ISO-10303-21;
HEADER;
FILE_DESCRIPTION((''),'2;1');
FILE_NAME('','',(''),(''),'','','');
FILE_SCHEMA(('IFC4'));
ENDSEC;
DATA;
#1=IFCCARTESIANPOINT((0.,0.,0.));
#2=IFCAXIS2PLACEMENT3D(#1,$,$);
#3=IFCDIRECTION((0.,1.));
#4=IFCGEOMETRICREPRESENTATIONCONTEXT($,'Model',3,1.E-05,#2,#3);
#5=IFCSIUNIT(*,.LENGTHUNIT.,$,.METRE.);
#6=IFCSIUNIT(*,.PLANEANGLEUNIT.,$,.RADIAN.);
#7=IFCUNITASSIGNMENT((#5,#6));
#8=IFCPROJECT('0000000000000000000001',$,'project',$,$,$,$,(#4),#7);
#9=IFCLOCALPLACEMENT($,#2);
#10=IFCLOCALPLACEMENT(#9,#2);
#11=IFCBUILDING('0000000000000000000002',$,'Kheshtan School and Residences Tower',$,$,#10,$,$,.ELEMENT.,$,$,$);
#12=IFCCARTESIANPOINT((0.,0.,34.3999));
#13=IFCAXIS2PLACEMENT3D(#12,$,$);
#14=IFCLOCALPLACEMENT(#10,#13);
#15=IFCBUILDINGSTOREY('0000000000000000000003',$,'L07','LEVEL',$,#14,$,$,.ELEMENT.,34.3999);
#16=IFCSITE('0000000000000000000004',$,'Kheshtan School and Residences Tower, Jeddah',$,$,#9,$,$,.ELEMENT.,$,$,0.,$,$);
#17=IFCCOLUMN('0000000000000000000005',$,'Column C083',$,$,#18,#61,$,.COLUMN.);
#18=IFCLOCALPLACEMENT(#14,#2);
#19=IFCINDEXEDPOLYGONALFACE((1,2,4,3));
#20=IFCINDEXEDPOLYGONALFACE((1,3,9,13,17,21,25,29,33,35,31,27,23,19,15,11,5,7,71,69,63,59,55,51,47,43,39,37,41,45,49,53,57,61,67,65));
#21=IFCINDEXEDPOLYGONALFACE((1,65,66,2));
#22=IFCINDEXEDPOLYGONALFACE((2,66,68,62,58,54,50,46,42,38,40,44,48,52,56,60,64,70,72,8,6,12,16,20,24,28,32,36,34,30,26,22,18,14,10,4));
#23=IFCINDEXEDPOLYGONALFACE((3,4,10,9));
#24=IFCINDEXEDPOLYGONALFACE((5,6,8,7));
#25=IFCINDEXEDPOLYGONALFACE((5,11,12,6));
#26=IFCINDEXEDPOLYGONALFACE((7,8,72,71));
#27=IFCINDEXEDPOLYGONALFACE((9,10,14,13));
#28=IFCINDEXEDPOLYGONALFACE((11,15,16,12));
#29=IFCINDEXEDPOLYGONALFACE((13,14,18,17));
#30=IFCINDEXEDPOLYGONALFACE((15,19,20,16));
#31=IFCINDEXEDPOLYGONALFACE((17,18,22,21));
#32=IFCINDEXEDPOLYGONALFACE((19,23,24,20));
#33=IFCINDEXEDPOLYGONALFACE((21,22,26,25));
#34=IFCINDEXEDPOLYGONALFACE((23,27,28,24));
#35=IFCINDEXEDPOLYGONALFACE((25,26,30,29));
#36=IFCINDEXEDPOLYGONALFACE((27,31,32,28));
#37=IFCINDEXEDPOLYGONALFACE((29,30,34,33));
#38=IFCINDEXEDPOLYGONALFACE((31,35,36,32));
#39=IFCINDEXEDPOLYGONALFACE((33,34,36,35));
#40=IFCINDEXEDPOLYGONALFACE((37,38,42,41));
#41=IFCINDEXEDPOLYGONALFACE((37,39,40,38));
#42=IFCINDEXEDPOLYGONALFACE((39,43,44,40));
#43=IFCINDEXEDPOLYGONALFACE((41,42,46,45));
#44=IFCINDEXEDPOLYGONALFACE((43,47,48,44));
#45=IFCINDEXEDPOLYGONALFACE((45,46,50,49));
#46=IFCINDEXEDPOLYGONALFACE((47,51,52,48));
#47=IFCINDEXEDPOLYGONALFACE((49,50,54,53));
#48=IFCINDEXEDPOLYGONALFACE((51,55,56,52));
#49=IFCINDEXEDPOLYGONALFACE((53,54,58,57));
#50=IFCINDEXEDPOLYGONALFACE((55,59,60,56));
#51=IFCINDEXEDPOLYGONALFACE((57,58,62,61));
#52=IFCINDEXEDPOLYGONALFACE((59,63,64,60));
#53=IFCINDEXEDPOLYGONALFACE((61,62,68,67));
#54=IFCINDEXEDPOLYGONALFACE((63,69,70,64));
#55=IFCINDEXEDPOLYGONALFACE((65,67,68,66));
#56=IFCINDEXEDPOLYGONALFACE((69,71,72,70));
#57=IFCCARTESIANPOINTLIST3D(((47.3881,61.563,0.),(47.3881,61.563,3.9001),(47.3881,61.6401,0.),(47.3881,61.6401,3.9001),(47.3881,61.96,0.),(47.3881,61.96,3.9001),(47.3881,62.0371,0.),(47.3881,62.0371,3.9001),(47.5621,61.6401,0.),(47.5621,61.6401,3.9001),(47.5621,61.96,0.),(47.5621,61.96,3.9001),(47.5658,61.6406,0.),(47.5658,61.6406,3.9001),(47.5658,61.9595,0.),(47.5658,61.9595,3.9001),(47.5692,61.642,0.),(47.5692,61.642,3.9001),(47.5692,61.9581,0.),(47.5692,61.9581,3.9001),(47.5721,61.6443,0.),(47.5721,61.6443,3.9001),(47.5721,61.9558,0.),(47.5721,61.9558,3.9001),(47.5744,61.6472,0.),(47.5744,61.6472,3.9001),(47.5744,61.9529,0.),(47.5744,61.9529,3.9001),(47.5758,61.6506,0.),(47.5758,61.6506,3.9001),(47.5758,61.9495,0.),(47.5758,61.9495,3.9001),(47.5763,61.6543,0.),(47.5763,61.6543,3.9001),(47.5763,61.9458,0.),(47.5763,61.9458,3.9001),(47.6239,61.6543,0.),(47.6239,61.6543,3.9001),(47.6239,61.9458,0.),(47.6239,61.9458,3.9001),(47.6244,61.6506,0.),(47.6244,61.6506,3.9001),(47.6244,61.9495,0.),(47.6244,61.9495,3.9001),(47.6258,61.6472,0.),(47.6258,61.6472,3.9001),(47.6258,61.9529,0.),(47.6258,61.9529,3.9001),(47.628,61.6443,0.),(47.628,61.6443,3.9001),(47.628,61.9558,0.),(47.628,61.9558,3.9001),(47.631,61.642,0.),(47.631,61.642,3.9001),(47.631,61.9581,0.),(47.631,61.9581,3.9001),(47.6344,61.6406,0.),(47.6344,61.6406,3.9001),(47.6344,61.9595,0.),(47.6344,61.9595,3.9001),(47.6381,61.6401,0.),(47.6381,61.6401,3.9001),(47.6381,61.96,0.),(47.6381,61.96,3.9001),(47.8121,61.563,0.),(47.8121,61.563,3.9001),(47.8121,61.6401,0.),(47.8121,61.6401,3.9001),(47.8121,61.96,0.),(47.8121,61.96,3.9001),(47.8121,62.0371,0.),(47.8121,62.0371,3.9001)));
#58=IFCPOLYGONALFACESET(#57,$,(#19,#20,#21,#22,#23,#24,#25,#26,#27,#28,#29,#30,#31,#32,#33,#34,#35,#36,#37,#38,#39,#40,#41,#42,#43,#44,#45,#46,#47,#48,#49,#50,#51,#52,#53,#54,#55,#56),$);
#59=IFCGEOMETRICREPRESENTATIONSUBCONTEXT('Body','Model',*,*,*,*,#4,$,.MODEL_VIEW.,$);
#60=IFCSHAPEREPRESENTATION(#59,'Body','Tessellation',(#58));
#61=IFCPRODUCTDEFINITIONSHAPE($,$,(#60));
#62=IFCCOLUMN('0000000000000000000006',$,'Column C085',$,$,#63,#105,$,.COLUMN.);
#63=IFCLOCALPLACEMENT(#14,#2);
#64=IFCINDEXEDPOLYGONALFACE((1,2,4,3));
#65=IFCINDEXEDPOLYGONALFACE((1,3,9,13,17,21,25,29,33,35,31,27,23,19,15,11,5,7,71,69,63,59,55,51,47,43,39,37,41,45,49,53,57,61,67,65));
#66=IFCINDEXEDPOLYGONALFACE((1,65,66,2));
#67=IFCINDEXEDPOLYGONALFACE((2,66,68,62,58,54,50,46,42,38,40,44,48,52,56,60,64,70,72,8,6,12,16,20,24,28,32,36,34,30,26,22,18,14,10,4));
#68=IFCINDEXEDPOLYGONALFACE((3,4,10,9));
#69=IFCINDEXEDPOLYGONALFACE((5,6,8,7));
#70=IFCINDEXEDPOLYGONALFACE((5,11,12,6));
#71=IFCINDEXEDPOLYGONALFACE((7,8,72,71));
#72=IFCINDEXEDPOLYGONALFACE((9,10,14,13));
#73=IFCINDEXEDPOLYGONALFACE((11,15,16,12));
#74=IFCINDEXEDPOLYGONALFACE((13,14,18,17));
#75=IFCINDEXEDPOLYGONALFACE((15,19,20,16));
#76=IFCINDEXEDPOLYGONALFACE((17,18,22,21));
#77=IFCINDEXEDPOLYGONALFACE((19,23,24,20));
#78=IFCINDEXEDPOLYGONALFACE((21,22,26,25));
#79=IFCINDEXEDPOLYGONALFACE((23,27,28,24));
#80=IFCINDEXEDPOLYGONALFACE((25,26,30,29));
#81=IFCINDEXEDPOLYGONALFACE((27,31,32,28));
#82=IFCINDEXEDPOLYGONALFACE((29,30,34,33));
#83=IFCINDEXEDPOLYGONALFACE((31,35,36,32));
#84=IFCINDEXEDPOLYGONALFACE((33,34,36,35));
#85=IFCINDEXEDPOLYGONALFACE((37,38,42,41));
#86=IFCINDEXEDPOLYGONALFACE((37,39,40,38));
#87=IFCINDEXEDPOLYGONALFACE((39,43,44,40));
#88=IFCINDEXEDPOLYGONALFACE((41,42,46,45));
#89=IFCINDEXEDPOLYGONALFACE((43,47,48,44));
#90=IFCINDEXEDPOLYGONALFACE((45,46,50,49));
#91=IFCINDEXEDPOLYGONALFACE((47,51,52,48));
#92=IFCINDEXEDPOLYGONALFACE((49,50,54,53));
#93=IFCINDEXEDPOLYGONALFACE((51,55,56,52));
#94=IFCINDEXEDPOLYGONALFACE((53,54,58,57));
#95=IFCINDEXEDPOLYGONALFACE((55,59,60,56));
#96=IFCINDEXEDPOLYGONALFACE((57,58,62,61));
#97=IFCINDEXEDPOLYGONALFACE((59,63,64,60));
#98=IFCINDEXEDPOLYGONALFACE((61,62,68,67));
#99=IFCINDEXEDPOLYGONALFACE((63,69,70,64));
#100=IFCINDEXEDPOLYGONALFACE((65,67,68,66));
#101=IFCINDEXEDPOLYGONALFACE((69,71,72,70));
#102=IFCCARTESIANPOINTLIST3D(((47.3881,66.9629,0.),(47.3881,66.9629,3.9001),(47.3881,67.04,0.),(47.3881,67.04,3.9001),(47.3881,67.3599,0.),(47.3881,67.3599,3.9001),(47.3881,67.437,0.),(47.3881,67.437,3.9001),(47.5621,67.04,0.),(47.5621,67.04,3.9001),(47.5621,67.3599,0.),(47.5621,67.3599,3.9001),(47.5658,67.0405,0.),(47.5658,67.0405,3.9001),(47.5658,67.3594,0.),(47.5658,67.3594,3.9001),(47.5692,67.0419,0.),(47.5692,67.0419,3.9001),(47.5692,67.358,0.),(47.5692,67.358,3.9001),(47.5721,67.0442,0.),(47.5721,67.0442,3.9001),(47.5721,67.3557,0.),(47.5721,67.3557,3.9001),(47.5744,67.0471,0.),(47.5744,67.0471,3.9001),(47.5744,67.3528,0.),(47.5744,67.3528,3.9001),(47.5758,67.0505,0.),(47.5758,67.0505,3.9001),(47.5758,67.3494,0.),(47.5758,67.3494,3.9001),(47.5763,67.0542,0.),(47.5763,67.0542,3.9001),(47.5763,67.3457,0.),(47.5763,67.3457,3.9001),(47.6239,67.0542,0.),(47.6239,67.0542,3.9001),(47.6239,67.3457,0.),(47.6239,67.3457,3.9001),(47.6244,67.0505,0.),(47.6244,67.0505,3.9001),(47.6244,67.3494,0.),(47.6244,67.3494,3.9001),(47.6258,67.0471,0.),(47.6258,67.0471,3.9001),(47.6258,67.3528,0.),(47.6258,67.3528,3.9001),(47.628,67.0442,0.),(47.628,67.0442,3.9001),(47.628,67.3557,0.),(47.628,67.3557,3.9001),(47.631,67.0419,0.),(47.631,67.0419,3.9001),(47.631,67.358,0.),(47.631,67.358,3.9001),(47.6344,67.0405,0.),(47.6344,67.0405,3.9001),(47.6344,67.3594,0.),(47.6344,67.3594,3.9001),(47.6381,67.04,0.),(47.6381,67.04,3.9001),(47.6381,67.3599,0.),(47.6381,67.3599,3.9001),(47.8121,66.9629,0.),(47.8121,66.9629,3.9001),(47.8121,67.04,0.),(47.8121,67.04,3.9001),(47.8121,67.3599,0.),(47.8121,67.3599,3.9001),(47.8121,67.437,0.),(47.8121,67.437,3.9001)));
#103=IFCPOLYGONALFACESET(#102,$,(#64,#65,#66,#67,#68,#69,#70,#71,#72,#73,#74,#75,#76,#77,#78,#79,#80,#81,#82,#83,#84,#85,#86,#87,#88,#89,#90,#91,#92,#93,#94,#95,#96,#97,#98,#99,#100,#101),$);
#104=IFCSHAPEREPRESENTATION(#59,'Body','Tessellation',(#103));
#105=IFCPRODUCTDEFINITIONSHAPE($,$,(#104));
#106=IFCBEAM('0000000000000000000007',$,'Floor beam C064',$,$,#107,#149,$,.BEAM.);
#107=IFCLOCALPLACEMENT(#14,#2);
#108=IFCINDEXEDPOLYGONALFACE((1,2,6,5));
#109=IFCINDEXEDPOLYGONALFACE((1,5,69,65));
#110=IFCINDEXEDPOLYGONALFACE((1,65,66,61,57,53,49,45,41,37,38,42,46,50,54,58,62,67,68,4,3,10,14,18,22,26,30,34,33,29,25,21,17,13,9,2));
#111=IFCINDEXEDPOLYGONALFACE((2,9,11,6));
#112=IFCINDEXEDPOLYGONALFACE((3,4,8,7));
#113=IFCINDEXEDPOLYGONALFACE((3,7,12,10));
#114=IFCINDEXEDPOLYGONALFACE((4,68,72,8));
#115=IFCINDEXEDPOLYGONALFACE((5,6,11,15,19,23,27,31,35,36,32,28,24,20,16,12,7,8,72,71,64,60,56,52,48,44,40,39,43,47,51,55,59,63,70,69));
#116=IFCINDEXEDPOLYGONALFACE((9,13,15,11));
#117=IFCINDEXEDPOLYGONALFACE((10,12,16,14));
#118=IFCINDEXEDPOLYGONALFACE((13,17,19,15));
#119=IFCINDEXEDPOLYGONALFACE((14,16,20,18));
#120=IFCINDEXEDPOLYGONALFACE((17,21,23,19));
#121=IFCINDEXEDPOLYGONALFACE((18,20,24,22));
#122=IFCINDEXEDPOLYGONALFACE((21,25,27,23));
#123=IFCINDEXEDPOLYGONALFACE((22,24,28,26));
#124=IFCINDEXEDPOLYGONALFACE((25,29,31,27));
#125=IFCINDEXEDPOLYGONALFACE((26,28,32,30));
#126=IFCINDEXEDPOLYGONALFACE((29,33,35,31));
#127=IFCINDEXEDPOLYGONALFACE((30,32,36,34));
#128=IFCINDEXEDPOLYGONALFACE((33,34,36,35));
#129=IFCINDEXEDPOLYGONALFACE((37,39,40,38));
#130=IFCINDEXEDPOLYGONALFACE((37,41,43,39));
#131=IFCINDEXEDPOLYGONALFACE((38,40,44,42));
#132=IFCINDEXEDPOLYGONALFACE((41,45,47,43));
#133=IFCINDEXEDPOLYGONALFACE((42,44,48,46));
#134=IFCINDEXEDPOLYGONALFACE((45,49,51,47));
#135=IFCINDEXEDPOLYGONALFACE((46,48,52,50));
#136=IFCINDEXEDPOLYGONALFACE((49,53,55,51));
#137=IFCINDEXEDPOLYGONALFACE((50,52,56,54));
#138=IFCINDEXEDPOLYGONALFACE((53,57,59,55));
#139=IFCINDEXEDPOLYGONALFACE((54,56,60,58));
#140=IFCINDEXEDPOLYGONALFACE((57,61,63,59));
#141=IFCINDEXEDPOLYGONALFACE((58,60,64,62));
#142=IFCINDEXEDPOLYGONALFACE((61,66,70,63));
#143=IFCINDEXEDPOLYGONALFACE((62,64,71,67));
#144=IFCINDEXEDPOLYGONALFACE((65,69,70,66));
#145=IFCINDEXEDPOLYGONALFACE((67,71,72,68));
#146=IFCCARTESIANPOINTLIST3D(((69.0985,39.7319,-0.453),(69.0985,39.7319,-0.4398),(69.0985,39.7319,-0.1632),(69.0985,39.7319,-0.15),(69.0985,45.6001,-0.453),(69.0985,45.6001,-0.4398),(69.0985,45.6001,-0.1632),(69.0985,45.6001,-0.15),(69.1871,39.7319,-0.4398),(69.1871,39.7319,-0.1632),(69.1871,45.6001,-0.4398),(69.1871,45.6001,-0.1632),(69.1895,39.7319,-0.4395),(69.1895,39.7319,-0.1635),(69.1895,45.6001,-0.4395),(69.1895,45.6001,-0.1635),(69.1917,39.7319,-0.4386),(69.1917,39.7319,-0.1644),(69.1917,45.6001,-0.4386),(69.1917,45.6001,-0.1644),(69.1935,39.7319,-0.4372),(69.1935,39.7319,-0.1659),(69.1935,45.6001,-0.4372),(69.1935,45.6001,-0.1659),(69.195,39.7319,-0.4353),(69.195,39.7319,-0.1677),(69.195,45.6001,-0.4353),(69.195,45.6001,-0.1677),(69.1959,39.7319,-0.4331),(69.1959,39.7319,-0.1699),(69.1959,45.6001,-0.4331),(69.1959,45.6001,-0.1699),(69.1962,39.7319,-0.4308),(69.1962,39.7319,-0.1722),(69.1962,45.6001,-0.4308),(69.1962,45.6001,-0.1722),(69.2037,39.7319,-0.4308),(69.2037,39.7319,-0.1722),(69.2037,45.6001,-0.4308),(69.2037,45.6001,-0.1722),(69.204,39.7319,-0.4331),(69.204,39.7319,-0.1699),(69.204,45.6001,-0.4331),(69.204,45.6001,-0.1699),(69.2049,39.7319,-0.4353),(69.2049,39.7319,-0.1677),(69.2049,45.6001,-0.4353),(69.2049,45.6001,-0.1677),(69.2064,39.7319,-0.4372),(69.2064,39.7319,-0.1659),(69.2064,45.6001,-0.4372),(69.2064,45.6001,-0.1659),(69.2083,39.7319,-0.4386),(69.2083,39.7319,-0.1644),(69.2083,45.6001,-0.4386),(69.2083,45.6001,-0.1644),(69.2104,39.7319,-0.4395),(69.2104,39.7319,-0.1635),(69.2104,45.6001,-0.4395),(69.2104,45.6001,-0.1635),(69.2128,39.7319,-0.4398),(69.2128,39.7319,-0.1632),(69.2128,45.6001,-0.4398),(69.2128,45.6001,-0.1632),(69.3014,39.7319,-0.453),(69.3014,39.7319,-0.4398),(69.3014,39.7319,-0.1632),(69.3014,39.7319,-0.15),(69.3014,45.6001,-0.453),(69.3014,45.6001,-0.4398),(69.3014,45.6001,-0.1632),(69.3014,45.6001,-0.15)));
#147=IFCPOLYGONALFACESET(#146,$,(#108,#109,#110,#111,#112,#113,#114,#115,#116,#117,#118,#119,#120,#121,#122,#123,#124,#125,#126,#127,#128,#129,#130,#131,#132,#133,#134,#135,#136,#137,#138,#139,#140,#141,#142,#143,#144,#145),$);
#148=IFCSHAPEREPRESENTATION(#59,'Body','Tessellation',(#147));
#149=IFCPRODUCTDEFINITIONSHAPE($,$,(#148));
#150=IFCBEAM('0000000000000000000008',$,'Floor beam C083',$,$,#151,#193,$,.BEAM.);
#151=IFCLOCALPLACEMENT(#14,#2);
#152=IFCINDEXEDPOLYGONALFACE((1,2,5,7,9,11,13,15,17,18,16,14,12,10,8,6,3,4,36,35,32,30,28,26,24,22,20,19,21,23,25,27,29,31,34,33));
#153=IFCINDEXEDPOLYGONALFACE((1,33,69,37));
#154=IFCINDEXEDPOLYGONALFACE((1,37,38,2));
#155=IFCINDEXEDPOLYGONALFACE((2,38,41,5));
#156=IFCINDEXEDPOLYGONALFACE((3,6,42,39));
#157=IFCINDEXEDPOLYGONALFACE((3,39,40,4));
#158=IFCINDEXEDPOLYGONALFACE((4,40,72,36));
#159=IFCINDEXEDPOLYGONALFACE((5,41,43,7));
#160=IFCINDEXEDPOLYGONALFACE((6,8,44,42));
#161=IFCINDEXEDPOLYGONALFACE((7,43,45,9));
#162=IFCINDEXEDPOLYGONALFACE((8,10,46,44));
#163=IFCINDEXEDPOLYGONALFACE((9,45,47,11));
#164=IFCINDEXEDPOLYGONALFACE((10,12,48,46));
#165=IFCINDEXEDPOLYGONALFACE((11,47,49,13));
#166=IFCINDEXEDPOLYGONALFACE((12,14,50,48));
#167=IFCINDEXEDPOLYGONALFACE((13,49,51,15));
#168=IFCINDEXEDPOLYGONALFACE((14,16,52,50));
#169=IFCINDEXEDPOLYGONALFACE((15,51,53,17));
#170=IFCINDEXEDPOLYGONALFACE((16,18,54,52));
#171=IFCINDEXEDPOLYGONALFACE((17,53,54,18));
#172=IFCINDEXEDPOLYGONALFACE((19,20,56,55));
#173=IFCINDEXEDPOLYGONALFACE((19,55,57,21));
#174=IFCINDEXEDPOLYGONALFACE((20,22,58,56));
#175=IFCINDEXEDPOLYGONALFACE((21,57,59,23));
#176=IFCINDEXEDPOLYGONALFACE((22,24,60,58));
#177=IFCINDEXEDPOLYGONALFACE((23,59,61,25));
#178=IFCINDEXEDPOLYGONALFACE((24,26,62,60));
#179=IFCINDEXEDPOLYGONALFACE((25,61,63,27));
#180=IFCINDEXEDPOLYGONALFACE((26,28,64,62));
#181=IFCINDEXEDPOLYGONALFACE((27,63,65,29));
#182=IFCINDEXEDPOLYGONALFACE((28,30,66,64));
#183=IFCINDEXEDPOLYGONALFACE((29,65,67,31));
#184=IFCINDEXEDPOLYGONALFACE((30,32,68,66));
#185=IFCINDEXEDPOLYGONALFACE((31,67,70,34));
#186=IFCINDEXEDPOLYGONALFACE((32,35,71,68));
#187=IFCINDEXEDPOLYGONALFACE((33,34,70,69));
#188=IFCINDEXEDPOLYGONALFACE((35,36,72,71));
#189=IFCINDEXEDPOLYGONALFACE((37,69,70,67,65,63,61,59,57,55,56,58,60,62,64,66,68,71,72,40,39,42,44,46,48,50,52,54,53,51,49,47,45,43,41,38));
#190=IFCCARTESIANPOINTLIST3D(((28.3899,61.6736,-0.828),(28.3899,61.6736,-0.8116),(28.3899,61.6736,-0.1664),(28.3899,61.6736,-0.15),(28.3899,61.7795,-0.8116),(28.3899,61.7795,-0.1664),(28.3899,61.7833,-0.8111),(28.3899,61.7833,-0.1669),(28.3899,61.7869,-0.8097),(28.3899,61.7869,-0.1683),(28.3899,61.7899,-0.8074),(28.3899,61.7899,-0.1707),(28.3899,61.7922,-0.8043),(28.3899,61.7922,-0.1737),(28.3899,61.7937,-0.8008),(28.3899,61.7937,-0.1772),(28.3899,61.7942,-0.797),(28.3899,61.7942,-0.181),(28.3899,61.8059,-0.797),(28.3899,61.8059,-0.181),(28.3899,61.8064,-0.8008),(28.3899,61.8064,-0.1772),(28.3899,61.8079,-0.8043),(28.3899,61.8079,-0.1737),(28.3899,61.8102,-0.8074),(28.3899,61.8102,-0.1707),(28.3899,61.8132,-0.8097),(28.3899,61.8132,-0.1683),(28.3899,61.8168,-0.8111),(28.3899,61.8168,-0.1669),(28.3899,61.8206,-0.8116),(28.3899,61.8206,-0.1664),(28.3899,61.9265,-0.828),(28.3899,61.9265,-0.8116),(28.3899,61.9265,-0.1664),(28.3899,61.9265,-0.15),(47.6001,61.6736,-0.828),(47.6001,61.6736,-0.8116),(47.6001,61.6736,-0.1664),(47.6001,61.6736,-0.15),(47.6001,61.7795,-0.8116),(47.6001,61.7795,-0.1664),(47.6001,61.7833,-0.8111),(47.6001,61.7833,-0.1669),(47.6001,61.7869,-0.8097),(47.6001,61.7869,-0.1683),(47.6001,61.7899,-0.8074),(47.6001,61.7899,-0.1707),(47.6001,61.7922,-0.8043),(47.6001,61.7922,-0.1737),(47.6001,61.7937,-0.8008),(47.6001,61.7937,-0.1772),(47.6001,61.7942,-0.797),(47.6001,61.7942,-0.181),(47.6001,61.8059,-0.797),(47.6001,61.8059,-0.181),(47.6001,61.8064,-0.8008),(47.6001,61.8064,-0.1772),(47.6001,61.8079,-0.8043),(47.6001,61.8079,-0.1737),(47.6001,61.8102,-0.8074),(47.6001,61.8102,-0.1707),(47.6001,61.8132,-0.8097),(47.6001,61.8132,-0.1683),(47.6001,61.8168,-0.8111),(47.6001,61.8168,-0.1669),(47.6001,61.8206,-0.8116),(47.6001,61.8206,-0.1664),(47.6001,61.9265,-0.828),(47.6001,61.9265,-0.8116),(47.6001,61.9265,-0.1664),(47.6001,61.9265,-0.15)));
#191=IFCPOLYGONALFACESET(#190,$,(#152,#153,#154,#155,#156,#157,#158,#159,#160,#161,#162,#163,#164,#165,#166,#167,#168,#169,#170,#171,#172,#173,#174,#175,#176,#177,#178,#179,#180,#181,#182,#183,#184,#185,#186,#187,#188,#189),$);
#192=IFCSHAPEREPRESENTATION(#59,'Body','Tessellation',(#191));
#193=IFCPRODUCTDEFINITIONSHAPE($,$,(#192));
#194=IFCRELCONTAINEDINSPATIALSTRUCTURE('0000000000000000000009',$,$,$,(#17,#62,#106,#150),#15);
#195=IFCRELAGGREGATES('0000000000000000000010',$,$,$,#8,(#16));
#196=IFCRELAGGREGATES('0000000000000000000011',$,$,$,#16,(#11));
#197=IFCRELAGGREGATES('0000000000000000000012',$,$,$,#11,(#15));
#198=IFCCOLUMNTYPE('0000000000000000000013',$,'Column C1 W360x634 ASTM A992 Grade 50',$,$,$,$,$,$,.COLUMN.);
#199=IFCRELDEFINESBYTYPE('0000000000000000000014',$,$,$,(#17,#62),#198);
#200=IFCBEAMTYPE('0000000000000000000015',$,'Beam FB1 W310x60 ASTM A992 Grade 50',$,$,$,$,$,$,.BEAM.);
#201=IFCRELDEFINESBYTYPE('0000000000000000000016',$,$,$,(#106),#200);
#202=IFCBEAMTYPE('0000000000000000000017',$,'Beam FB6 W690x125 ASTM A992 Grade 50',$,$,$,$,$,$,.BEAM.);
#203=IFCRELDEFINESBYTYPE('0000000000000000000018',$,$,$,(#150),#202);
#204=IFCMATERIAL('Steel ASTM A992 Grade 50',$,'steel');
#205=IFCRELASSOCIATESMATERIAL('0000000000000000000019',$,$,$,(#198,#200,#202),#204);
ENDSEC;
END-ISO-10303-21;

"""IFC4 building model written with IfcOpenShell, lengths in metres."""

from ifc_helpers import new_model, si_unit, direction, frame, origin, origin_2d, place, context, subcontext, project, spatial, i_section, extrude, material, material_profile, profile_set, type_object, element, save


model = new_model("IFC4")

# Units and contexts
model_context = context("Model", 3, precision=1e-05, world=origin(), true_north=direction((0.0, 1.0)))
body_context = subcontext(model_context, "Body", "Model", "MODEL_VIEW")
ifc_project = project(units=[si_unit("LENGTHUNIT", "METRE"), si_unit("PLANEANGLEUNIT", "RADIAN")], contexts=[model_context])

# Site, building, storey
site_placement = place(None, origin())
site = spatial("IfcSite", under=ifc_project, at=site_placement, Name="Kheshtan School and Residences Tower, Jeddah", CompositionType="ELEMENT", RefElevation=0.0)
building_placement = place(site_placement, origin())
building = spatial("IfcBuilding", under=site, at=building_placement, Name="Kheshtan School and Residences Tower", CompositionType="ELEMENT")
storey_placement = place(building_placement, frame((0.0, 0.0, 34.3999)))
storey = spatial("IfcBuildingStorey", under=building, at=storey_placement, Name="L07", Description="LEVEL", CompositionType="ELEMENT", Elevation=34.3999)

# Columns
ifc_material_1 = material(Name="Steel ASTM A992 Grade 50", Category="steel")
ifc_material_profile_1 = material_profile(ifc_material_1, i_section(OverallWidth=0.4241, OverallDepth=0.4741, WebThickness=0.0476, FlangeThickness=0.0771, FilletRadius=0.0142, at=origin_2d()), Name="W360x634")
ifc_profile_set_1 = profile_set([ifc_material_profile_1], Name="Steel ASTM A992 Grade 50")
column_type = type_object("IfcColumnType", Name="Column C1 W360x634 ASTM A992 Grade 50", PredefinedType="COLUMN", material=ifc_profile_set_1)
for number, where, z_axis, x_axis, name in (
    (1, (47.6001, 61.8, 0.0), (0.0, 0.0, 1.0), (1.0, 0.0, 0.0), "Column C083"),
    (2, (47.6001, 67.2, 0.0), (0.0, 0.0, 1.0), (1.0, 0.0, 0.0), "Column C085"),
):
    element("IfcColumn", number, at=place(storey_placement, frame(where, z_axis=z_axis, x_axis=x_axis)), inside=storey, type_object=column_type, Name=name, PredefinedType="COLUMN", context=body_context, shape_type="SweptSolid", body=[
        extrude(i_section(OverallWidth=0.4241, OverallDepth=0.4741, WebThickness=0.0476, FlangeThickness=0.0771, FilletRadius=0.0142, at=origin_2d()), origin(), (0.0, 0.0, 1.0), 3.9001),
    ])

# Beams
ifc_material_profile_2 = material_profile(ifc_material_1, i_section(OverallWidth=0.2029, OverallDepth=0.303, WebThickness=0.0076, FlangeThickness=0.0132, FilletRadius=0.009, at=origin_2d()), Name="W310x60")
ifc_profile_set_2 = profile_set([ifc_material_profile_2], Name="Steel ASTM A992 Grade 50")
beam_type_1 = type_object("IfcBeamType", Name="Beam FB1 W310x60 ASTM A992 Grade 50", PredefinedType="BEAM", material=ifc_profile_set_2)
beam_1_placement = place(storey_placement, frame((69.2, 45.6001, -0.3015), z_axis=(0.0, -1.0, 0.0), x_axis=(1.0, 0.0, 0.0)))
element("IfcBeam", 3, at=beam_1_placement, inside=storey, type_object=beam_type_1, Name="Floor beam C064", PredefinedType="BEAM", context=body_context, shape_type="SweptSolid", body=[
    extrude(i_section(OverallWidth=0.2029, OverallDepth=0.303, WebThickness=0.0076, FlangeThickness=0.0132, FilletRadius=0.009, at=origin_2d()), origin(), (0.0, 0.0, 1.0), 5.8682),
])
ifc_material_profile_3 = material_profile(ifc_material_1, i_section(OverallWidth=0.2529, OverallDepth=0.678, WebThickness=0.0117, FlangeThickness=0.0164, FilletRadius=0.0146, at=origin_2d()), Name="W690x125")
ifc_profile_set_3 = profile_set([ifc_material_profile_3], Name="Steel ASTM A992 Grade 50")
beam_type_2 = type_object("IfcBeamType", Name="Beam FB6 W690x125 ASTM A992 Grade 50", PredefinedType="BEAM", material=ifc_profile_set_3)
beam_2_placement = place(storey_placement, frame((47.6001, 61.8, -0.489), z_axis=(-1.0, 0.0, 0.0), x_axis=(0.0, -1.0, 0.0)))
element("IfcBeam", 4, at=beam_2_placement, inside=storey, type_object=beam_type_2, Name="Floor beam C083", PredefinedType="BEAM", context=body_context, shape_type="SweptSolid", body=[
    extrude(i_section(OverallWidth=0.2529, OverallDepth=0.678, WebThickness=0.0117, FlangeThickness=0.0164, FilletRadius=0.0146, at=origin_2d()), origin(), (0.0, 0.0, 1.0), 19.2102),
])

save(model, "model.ifc")
